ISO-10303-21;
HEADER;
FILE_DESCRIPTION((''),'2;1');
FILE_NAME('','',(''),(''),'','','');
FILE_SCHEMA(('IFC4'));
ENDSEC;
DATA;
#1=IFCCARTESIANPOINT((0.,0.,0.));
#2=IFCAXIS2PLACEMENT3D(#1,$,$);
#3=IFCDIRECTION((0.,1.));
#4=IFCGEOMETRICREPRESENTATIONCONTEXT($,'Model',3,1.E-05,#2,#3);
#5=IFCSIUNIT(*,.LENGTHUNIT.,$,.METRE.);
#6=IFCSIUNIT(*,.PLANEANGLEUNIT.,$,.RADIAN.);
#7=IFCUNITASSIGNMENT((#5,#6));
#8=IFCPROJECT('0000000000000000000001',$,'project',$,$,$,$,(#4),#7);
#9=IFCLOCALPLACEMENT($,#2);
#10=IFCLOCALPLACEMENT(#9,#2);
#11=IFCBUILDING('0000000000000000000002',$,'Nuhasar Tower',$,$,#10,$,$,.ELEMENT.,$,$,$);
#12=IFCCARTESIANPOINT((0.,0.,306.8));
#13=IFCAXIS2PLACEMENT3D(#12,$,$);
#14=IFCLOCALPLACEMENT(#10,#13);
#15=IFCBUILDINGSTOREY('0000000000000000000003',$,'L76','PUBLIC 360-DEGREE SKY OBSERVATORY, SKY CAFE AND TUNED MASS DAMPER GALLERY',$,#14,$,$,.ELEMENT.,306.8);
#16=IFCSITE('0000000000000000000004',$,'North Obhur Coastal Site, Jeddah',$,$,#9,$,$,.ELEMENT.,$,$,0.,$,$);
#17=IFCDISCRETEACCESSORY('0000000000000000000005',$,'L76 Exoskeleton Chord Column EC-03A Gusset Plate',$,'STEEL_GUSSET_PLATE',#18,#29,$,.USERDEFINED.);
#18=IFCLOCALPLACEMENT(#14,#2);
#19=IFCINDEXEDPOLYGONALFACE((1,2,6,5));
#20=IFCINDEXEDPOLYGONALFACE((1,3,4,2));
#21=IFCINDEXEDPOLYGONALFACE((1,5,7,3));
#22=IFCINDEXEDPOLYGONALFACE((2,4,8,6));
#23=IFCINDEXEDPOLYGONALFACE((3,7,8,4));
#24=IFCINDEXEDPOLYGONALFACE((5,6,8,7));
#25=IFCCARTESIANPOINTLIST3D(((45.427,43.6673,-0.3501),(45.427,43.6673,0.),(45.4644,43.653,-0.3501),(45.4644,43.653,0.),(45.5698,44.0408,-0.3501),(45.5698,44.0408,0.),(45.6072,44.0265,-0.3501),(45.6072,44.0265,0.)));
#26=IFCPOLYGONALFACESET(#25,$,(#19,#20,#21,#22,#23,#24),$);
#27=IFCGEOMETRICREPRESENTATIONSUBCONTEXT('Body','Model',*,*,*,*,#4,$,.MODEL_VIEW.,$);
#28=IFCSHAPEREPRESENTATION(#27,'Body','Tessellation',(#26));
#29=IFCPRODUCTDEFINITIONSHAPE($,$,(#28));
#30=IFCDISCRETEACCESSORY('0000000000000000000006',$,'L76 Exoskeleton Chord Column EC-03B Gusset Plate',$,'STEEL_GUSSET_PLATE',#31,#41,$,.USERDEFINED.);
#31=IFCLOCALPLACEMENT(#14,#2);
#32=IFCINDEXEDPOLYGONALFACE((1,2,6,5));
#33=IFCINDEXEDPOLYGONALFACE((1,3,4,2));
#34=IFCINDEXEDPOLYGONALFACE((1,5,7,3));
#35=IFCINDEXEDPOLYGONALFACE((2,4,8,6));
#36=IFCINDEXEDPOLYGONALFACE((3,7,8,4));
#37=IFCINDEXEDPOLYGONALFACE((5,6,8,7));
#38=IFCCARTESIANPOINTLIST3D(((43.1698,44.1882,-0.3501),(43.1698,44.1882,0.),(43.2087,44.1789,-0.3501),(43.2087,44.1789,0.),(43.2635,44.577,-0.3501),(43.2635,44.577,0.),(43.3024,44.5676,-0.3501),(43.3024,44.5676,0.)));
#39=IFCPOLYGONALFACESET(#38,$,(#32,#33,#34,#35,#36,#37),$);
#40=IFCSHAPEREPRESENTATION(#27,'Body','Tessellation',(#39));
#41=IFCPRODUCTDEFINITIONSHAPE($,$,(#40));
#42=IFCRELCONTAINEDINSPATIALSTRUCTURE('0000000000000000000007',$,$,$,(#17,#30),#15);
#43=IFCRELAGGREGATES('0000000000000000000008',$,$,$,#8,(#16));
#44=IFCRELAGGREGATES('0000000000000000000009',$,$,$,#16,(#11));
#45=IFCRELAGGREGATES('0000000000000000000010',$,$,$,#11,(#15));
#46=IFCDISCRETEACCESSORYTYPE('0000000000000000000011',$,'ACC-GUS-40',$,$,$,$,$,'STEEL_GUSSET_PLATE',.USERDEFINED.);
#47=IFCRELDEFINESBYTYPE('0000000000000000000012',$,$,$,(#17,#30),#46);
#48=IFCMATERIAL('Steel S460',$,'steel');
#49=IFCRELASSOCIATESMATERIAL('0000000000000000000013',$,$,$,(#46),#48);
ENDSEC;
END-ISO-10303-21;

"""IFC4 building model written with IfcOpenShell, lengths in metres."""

from ifc_helpers import new_model, si_unit, direction, frame, origin, origin_2d, place, context, subcontext, project, spatial, rectangle, extrude, material, type_object, element, save


model = new_model("IFC4")

# Units and contexts
model_context = context("Model", 3, precision=1e-05, world=origin(), true_north=direction((0.0, 1.0)))
body_context = subcontext(model_context, "Body", "Model", "MODEL_VIEW")
ifc_project = project(units=[si_unit("LENGTHUNIT", "METRE"), si_unit("PLANEANGLEUNIT", "RADIAN")], contexts=[model_context])

# Site, building, storey
site_placement = place(None, origin())
site = spatial("IfcSite", under=ifc_project, at=site_placement, Name="North Obhur Coastal Site, Jeddah", CompositionType="ELEMENT", RefElevation=0.0)
building_placement = place(site_placement, origin())
building = spatial("IfcBuilding", under=site, at=building_placement, Name="Nuhasar Tower", CompositionType="ELEMENT")
storey_placement = place(building_placement, frame((0.0, 0.0, 306.8)))
storey = spatial("IfcBuildingStorey", under=building, at=storey_placement, Name="L76", Description="PUBLIC 360-DEGREE SKY OBSERVATORY, SKY CAFE AND TUNED MASS DAMPER GALLERY", CompositionType="ELEMENT", Elevation=306.8)

# Shared definitions
ifc_material_1 = material(Name="Steel S460", Category="steel")

# Discrete accessories
discrete_accessory_type_1 = type_object("IfcDiscreteAccessoryType", Name="ACC-GUS-40", ElementType="STEEL_GUSSET_PLATE", PredefinedType="USERDEFINED", material=ifc_material_1)
for number, where, z_axis, x_axis, name in (
    (1, (45.5171, 43.8469, -0.3501), (0.0, 0.0, 1.0), (0.357097, 0.934067, 0.0), "L76 Exoskeleton Chord Column EC-03A Gusset Plate"),
    (2, (43.2361, 44.3779, -0.3501), (0.0, 0.0, 1.0), (0.234277, 0.97217, 0.0), "L76 Exoskeleton Chord Column EC-03B Gusset Plate"),
):
    element("IfcDiscreteAccessory", number, at=place(storey_placement, frame(where, z_axis=z_axis, x_axis=x_axis)), inside=storey, type_object=discrete_accessory_type_1, Name=name, ObjectType="STEEL_GUSSET_PLATE", PredefinedType="USERDEFINED", context=body_context, shape_type="SweptSolid", body=[
        extrude(rectangle(XDim=0.3999, YDim=0.04, at=origin_2d()), origin(), (0.0, 0.0, 1.0), 0.3501),
    ])

save(model, "model.ifc")
